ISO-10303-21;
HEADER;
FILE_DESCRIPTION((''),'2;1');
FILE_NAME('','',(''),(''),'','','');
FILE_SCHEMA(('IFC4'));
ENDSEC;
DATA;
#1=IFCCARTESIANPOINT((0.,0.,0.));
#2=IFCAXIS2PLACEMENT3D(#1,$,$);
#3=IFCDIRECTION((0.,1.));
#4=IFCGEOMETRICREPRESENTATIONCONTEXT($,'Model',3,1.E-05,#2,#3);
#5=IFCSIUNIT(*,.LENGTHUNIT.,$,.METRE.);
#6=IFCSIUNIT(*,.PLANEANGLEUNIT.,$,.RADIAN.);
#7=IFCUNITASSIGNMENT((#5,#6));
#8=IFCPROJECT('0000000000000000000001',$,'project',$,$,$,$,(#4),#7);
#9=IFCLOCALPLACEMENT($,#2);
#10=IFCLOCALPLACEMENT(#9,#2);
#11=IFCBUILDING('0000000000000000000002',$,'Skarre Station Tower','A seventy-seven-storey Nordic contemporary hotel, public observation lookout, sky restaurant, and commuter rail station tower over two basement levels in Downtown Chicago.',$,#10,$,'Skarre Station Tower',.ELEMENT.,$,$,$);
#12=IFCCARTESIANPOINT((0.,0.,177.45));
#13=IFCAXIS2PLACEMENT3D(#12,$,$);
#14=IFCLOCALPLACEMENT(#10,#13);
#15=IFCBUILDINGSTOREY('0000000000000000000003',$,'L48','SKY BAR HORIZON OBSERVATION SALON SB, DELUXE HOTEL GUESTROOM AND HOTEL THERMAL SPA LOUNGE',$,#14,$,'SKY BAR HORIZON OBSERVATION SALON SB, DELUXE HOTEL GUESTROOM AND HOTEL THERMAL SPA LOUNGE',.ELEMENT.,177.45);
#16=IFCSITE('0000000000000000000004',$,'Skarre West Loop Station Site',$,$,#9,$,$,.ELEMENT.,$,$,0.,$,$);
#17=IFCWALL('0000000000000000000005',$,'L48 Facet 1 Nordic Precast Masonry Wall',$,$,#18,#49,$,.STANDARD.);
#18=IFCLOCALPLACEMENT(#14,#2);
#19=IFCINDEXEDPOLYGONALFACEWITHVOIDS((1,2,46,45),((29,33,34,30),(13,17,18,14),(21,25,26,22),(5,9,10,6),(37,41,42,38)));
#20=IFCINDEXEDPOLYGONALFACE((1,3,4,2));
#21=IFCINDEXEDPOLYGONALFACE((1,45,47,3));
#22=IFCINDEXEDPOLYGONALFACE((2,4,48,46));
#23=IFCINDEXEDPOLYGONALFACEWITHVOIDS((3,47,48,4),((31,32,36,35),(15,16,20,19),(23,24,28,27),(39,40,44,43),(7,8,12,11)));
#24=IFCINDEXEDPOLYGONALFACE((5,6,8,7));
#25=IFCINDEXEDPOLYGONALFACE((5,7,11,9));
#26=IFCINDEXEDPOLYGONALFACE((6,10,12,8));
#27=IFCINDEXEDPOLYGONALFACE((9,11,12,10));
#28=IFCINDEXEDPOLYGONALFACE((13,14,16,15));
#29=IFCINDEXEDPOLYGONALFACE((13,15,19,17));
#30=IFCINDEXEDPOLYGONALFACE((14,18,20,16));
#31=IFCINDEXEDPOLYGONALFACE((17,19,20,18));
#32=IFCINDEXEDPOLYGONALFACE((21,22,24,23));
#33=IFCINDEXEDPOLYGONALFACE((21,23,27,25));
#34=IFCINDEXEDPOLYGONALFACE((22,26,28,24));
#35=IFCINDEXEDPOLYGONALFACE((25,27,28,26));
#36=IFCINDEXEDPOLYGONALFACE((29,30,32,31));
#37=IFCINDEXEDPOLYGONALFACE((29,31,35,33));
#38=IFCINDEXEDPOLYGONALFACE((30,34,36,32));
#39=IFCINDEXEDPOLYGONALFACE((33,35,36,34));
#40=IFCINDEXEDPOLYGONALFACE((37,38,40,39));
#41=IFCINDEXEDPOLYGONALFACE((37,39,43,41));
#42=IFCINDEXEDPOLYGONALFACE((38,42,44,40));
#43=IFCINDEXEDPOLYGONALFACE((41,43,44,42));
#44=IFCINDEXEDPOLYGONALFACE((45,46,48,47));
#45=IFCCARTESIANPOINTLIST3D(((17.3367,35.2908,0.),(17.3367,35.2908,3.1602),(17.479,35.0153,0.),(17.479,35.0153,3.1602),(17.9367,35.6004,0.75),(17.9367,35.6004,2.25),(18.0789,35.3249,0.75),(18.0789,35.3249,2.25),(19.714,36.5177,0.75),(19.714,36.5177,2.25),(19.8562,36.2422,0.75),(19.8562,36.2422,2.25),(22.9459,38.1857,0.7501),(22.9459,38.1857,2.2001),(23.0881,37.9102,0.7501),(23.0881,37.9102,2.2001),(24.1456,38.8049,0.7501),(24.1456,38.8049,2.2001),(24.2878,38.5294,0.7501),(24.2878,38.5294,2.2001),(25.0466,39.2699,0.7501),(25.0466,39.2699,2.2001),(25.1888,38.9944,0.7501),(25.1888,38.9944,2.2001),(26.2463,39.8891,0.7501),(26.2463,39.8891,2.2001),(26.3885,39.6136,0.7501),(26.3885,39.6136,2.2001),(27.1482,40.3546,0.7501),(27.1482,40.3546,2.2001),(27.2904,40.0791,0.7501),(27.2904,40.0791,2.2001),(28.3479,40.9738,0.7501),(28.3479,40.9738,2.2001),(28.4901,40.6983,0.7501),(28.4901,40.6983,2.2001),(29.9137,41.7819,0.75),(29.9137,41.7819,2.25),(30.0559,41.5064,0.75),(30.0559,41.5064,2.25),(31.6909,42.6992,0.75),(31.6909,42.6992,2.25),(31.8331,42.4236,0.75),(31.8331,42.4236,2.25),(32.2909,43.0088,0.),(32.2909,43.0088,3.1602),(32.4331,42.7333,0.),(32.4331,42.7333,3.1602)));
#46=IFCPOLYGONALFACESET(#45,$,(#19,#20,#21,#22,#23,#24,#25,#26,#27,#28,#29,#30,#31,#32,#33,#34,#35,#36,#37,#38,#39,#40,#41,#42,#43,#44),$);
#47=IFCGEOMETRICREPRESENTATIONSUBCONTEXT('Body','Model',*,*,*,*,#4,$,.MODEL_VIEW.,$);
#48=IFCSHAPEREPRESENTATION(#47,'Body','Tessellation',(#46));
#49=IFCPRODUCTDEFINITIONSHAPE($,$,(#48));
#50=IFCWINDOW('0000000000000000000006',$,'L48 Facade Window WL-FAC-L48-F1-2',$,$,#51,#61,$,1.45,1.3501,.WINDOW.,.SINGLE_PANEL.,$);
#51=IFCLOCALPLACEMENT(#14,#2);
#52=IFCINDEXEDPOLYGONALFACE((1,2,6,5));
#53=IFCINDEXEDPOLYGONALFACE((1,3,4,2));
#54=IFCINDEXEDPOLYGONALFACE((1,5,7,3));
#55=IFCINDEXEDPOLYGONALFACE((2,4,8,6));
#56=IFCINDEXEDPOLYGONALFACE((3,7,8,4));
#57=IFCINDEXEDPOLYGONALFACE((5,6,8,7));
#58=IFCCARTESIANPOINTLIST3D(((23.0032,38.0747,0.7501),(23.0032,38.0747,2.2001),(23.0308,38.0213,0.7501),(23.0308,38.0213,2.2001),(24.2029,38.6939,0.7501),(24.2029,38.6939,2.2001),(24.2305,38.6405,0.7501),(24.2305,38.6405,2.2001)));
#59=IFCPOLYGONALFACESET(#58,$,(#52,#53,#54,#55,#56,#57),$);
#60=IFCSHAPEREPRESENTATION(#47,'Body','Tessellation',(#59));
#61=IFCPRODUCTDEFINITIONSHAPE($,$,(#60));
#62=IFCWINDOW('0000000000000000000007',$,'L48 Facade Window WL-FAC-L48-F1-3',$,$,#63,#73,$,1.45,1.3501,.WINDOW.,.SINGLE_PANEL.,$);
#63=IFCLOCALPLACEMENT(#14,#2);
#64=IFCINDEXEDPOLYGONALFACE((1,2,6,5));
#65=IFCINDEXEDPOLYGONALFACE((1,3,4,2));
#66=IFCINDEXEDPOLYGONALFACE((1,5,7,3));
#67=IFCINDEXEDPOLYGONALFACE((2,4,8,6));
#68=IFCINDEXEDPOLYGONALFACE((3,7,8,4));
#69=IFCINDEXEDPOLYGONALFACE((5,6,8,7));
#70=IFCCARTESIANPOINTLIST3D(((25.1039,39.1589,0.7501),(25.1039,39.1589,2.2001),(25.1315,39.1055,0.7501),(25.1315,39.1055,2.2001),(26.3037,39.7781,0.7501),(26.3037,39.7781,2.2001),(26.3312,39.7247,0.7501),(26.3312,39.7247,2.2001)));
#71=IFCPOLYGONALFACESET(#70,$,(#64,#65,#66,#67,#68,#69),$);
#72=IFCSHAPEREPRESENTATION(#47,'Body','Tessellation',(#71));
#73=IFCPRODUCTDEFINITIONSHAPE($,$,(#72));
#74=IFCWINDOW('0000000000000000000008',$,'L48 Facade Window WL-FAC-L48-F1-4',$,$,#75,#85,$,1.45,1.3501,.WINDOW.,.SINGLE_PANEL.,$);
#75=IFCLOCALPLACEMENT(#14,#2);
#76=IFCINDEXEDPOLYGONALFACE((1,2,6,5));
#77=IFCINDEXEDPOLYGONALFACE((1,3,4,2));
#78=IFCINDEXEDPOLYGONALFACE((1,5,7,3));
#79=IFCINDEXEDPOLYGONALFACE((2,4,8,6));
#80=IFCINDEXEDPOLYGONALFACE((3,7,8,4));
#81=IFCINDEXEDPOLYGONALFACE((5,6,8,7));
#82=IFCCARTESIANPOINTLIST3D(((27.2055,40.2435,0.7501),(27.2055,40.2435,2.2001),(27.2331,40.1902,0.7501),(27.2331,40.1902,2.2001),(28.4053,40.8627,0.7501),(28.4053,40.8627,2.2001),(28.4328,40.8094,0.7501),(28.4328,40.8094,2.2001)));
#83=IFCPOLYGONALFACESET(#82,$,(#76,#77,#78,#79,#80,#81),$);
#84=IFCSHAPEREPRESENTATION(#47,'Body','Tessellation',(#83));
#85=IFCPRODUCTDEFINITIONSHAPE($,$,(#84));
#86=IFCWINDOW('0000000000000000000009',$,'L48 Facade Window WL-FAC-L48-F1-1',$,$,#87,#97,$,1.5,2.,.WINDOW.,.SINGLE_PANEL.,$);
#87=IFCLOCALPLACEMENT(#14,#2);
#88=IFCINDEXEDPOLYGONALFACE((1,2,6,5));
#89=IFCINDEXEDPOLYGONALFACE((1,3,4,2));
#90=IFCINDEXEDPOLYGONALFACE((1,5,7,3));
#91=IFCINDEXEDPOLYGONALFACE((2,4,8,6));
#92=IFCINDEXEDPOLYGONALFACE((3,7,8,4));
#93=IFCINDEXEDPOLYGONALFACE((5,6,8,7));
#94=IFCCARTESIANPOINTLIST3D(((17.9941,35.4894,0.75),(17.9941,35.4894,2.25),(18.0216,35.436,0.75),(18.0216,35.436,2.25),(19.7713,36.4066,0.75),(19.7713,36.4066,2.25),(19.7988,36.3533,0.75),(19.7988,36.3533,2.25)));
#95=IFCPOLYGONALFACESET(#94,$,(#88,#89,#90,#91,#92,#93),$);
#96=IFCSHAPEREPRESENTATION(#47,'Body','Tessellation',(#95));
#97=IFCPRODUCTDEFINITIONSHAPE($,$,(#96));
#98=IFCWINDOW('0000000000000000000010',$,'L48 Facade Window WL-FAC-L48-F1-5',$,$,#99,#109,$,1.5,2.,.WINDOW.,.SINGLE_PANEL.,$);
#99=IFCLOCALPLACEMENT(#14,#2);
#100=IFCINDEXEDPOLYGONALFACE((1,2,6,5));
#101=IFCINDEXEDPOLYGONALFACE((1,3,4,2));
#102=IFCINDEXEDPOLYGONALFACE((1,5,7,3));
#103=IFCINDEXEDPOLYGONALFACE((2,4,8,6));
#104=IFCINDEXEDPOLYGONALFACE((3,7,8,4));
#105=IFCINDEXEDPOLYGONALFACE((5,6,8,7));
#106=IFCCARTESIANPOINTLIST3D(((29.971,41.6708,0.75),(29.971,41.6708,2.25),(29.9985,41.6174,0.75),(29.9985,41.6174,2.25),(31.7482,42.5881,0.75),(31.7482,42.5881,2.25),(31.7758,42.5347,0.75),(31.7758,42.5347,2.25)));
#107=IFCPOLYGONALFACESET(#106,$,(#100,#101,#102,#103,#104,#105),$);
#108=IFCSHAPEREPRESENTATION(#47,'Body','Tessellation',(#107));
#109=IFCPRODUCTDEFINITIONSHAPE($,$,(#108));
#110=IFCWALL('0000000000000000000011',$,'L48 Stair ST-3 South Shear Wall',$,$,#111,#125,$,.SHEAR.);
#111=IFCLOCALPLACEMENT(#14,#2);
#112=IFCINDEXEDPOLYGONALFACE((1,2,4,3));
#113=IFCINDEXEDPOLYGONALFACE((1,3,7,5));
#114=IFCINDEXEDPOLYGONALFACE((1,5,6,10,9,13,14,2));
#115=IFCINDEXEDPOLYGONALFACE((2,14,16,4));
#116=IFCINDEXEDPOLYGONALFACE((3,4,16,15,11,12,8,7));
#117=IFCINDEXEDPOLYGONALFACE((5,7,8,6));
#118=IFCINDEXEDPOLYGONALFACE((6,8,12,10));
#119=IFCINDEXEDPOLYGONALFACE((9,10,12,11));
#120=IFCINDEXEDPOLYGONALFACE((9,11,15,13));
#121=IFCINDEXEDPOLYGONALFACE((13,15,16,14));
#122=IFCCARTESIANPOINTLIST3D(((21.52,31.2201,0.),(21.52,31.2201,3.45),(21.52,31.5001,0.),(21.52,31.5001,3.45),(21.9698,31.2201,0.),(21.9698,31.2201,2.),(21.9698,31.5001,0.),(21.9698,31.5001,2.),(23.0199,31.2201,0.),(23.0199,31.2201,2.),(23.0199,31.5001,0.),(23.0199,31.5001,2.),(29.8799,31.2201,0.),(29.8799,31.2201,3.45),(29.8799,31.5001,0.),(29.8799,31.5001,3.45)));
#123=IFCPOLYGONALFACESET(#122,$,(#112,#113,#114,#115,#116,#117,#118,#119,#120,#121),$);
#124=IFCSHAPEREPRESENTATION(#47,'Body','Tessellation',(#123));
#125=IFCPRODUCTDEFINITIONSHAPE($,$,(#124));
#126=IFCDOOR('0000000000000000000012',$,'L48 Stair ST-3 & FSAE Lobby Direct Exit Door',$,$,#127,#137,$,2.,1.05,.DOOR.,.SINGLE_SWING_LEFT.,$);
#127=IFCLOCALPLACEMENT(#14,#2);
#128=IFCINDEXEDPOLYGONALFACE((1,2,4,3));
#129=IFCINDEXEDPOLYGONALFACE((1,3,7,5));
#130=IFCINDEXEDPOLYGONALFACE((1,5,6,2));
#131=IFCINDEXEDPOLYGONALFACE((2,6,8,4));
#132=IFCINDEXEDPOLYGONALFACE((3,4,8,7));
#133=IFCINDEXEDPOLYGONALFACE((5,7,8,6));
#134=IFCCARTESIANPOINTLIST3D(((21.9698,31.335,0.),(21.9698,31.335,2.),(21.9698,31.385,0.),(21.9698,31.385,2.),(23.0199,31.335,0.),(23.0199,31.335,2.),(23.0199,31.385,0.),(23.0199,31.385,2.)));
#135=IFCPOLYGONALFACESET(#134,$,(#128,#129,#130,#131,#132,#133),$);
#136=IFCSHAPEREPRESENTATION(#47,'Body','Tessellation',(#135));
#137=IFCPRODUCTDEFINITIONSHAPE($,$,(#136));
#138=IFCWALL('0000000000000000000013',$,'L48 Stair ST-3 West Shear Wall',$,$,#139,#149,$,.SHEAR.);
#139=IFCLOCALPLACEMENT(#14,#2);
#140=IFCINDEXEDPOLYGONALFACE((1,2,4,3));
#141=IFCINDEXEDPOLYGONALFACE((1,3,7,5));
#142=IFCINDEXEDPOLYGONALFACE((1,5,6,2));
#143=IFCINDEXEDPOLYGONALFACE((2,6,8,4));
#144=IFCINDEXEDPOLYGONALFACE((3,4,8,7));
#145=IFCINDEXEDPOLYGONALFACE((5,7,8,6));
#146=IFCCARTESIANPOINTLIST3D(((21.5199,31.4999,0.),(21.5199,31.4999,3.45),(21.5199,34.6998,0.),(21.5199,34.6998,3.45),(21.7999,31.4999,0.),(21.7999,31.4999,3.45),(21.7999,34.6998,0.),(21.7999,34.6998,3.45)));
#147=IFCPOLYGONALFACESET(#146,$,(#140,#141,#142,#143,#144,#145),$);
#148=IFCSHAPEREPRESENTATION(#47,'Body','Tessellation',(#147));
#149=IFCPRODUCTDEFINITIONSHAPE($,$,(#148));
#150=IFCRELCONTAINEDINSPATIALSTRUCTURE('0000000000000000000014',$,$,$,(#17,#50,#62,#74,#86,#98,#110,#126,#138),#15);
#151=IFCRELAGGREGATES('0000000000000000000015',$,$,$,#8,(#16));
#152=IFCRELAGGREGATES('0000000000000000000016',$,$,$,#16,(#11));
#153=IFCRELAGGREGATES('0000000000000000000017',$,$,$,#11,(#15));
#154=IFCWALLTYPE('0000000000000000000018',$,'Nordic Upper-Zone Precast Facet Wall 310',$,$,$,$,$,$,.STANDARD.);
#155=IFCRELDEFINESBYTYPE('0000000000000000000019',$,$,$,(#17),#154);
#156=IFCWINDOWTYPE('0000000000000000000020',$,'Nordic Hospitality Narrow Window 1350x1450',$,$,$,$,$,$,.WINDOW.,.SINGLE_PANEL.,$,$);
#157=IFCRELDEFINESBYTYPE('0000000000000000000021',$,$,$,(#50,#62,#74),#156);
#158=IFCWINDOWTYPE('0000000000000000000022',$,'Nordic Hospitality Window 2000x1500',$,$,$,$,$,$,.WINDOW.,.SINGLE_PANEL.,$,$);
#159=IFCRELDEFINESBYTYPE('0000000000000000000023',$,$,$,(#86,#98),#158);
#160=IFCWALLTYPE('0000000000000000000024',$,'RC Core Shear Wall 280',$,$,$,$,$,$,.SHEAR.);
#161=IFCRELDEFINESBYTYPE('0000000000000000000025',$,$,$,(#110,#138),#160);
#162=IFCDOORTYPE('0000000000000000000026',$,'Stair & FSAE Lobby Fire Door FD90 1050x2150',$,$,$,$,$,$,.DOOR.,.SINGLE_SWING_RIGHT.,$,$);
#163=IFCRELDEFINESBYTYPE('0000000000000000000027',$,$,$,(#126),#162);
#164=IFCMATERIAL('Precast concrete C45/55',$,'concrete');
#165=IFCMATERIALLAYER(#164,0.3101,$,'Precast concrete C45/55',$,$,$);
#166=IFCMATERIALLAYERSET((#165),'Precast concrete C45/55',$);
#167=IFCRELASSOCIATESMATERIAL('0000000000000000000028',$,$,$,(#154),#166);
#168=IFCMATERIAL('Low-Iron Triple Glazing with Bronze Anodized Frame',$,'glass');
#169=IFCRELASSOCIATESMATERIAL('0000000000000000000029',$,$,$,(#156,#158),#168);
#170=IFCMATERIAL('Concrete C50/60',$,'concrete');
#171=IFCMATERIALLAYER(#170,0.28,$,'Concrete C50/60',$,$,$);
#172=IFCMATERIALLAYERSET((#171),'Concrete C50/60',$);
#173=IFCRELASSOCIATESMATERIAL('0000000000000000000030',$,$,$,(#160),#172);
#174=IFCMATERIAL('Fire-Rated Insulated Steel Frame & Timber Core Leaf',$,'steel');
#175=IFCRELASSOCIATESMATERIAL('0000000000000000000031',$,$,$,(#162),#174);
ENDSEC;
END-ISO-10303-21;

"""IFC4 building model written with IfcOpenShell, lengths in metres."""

from ifc_helpers import new_model, si_unit, direction, frame, frame_2d, origin, place, context, subcontext, project, spatial, rectangle, extrude, material, layer, layer_set, type_object, element, fill, save


model = new_model("IFC4")

# Units and contexts
model_context = context("Model", 3, precision=1e-05, world=origin(), true_north=direction((0.0, 1.0)))
body_context = subcontext(model_context, "Body", "Model", "MODEL_VIEW")
ifc_project = project(units=[si_unit("LENGTHUNIT", "METRE"), si_unit("PLANEANGLEUNIT", "RADIAN")], contexts=[model_context])

# Site, building, storey
site_placement = place(None, origin())
site = spatial("IfcSite", under=ifc_project, at=site_placement, Name="Skarre West Loop Station Site", CompositionType="ELEMENT", RefElevation=0.0)
building_placement = place(site_placement, origin())
building = spatial("IfcBuilding", under=site, at=building_placement, Name="Skarre Station Tower", Description="A seventy-seven-storey Nordic contemporary hotel, public observation lookout, sky restaurant, and commuter rail station tower over two basement levels in Downtown Chicago.", LongName="Skarre Station Tower", CompositionType="ELEMENT")
storey_placement = place(building_placement, frame((0.0, 0.0, 177.45)))
storey = spatial("IfcBuildingStorey", under=building, at=storey_placement, Name="L48", Description="SKY BAR HORIZON OBSERVATION SALON SB, DELUXE HOTEL GUESTROOM AND HOTEL THERMAL SPA LOUNGE", LongName="SKY BAR HORIZON OBSERVATION SALON SB, DELUXE HOTEL GUESTROOM AND HOTEL THERMAL SPA LOUNGE", CompositionType="ELEMENT", Elevation=177.45)

# Shared definitions
ifc_material_1 = material(Name="Concrete C50/60", Category="concrete")

# Shared definitions
ifc_material_2 = material(Name="Precast concrete C45/55", Category="concrete")

# Wall, openings, windows
ifc_layer_1 = layer(ifc_material_2, 0.3101, Name="Precast concrete C45/55")
ifc_layer_set_1 = layer_set([ifc_layer_1], Name="Precast concrete C45/55")
wall_type_1 = type_object("IfcWallType", Name="Nordic Upper-Zone Precast Facet Wall 310", PredefinedType="STANDARD", material=ifc_layer_set_1)
wall_1_placement = place(storey_placement, frame((17.408, 35.1531, 0.0), z_axis=(0.0, 0.0, 1.0), x_axis=(0.888626, 0.458632, 0.0)))
wall_1 = element("IfcWall", 1, at=wall_1_placement, inside=storey, type_object=wall_type_1, Name="L48 Facet 1 Nordic Precast Masonry Wall", PredefinedType="STANDARD", context=body_context, shape_type="SweptSolid", body=[
    extrude(rectangle(XDim=16.8284, YDim=0.3101, at=frame_2d((8.4141, 0.0))), origin(), (0.0, 0.0, 1.0), 3.1602),
])
opening_1_placement = place(wall_1_placement, frame((0.675, 0.0, 0.75)))
opening_1 = element("IfcOpeningElement", 2, at=opening_1_placement, cuts=wall_1, PredefinedType="OPENING", context=body_context, shape_type="SweptSolid", body=[
    extrude(rectangle(XDim=2.0, YDim=1.5, at=frame_2d((1.0, 0.75))), frame((0.0, 0.165, 0.0), z_axis=(0.0, -1.0, 0.0), x_axis=(1.0, 0.0, 0.0)), (0.0, 0.0, 1.0), 0.3301),
])
opening_2_placement = place(wall_1_placement, frame((6.312, 0.0, 0.75)))
opening_2 = element("IfcOpeningElement", 3, at=opening_2_placement, cuts=wall_1, PredefinedType="OPENING", context=body_context, shape_type="SweptSolid", body=[
    extrude(rectangle(XDim=1.3501, YDim=1.45, at=frame_2d((0.675, 0.7251))), frame((0.0, 0.165, 0.0), z_axis=(0.0, -1.0, 0.0), x_axis=(1.0, 0.0, 0.0)), (0.0, 0.0, 1.0), 0.3301),
])
opening_3_placement = place(wall_1_placement, frame((8.676, 0.0, 0.75)))
opening_3 = element("IfcOpeningElement", 4, at=opening_3_placement, cuts=wall_1, PredefinedType="OPENING", context=body_context, shape_type="SweptSolid", body=[
    extrude(rectangle(XDim=1.3501, YDim=1.45, at=frame_2d((0.675, 0.7251))), frame((0.0, 0.165, 0.0), z_axis=(0.0, -1.0, 0.0), x_axis=(1.0, 0.0, 0.0)), (0.0, 0.0, 1.0), 0.3301),
])
opening_4_placement = place(wall_1_placement, frame((11.041, 0.0, 0.75)))
opening_4 = element("IfcOpeningElement", 5, at=opening_4_placement, cuts=wall_1, PredefinedType="OPENING", context=body_context, shape_type="SweptSolid", body=[
    extrude(rectangle(XDim=1.3501, YDim=1.45, at=frame_2d((0.675, 0.7251))), frame((0.0, 0.165, 0.0), z_axis=(0.0, -1.0, 0.0), x_axis=(1.0, 0.0, 0.0)), (0.0, 0.0, 1.0), 0.3301),
])
opening_5_placement = place(wall_1_placement, frame((14.1531, 0.0, 0.75)))
opening_5 = element("IfcOpeningElement", 6, at=opening_5_placement, cuts=wall_1, PredefinedType="OPENING", context=body_context, shape_type="SweptSolid", body=[
    extrude(rectangle(XDim=2.0, YDim=1.5, at=frame_2d((1.0, 0.75))), frame((0.0, 0.165, 0.0), z_axis=(0.0, -1.0, 0.0), x_axis=(1.0, 0.0, 0.0)), (0.0, 0.0, 1.0), 0.3301),
])
ifc_material_3 = material(Name="Low-Iron Triple Glazing with Bronze Anodized Frame", Category="glass")
window_type_1 = type_object("IfcWindowType", Name="Nordic Hospitality Narrow Window 1350x1450", PartitioningType="SINGLE_PANEL", PredefinedType="WINDOW", material=ifc_material_3)
window_1_placement = place(opening_2_placement, origin())
window_1 = element("IfcWindow", 7, at=window_1_placement, inside=storey, type_object=window_type_1, Name="L48 Facade Window WL-FAC-L48-F1-2", OverallHeight=1.45, OverallWidth=1.3501, PartitioningType="SINGLE_PANEL", PredefinedType="WINDOW", context=body_context, shape_type="SweptSolid", body=[
    extrude(rectangle(XDim=1.3501, YDim=1.45, at=frame_2d((0.675, 0.7251))), frame((0.0, 0.03, 0.0), z_axis=(0.0, -1.0, 0.0), x_axis=(1.0, 0.0, 0.0)), (0.0, 0.0, 1.0), 0.0601),
])
fill(opening_2, window_1)
window_2_placement = place(opening_3_placement, origin())
window_2 = element("IfcWindow", 8, at=window_2_placement, inside=storey, type_object=window_type_1, Name="L48 Facade Window WL-FAC-L48-F1-3", OverallHeight=1.45, OverallWidth=1.3501, PartitioningType="SINGLE_PANEL", PredefinedType="WINDOW", context=body_context, shape_type="SweptSolid", body=[
    extrude(rectangle(XDim=1.3501, YDim=1.45, at=frame_2d((0.675, 0.7251))), frame((0.0, 0.03, 0.0), z_axis=(0.0, -1.0, 0.0), x_axis=(1.0, 0.0, 0.0)), (0.0, 0.0, 1.0), 0.0601),
])
fill(opening_3, window_2)
window_3_placement = place(opening_4_placement, origin())
window_3 = element("IfcWindow", 9, at=window_3_placement, inside=storey, type_object=window_type_1, Name="L48 Facade Window WL-FAC-L48-F1-4", OverallHeight=1.45, OverallWidth=1.3501, PartitioningType="SINGLE_PANEL", PredefinedType="WINDOW", context=body_context, shape_type="SweptSolid", body=[
    extrude(rectangle(XDim=1.3501, YDim=1.45, at=frame_2d((0.675, 0.7251))), frame((0.0, 0.03, 0.0), z_axis=(0.0, -1.0, 0.0), x_axis=(1.0, 0.0, 0.0)), (0.0, 0.0, 1.0), 0.0601),
])
fill(opening_4, window_3)
window_type_2 = type_object("IfcWindowType", Name="Nordic Hospitality Window 2000x1500", PartitioningType="SINGLE_PANEL", PredefinedType="WINDOW", material=ifc_material_3)
window_4_placement = place(opening_1_placement, origin())
window_4 = element("IfcWindow", 10, at=window_4_placement, inside=storey, type_object=window_type_2, Name="L48 Facade Window WL-FAC-L48-F1-1", OverallHeight=1.5, OverallWidth=2.0, PartitioningType="SINGLE_PANEL", PredefinedType="WINDOW", context=body_context, shape_type="SweptSolid", body=[
    extrude(rectangle(XDim=2.0, YDim=1.5, at=frame_2d((1.0, 0.75))), frame((0.0, 0.03, 0.0), z_axis=(0.0, -1.0, 0.0), x_axis=(1.0, 0.0, 0.0)), (0.0, 0.0, 1.0), 0.0601),
])
fill(opening_1, window_4)
window_5_placement = place(opening_5_placement, origin())
window_5 = element("IfcWindow", 11, at=window_5_placement, inside=storey, type_object=window_type_2, Name="L48 Facade Window WL-FAC-L48-F1-5", OverallHeight=1.5, OverallWidth=2.0, PartitioningType="SINGLE_PANEL", PredefinedType="WINDOW", context=body_context, shape_type="SweptSolid", body=[
    extrude(rectangle(XDim=2.0, YDim=1.5, at=frame_2d((1.0, 0.75))), frame((0.0, 0.03, 0.0), z_axis=(0.0, -1.0, 0.0), x_axis=(1.0, 0.0, 0.0)), (0.0, 0.0, 1.0), 0.0601),
])
fill(opening_5, window_5)

# Wall, opening, door
ifc_layer_2 = layer(ifc_material_1, 0.28, Name="Concrete C50/60")
ifc_layer_set_2 = layer_set([ifc_layer_2], Name="Concrete C50/60")
wall_type_2 = type_object("IfcWallType", Name="RC Core Shear Wall 280", PredefinedType="SHEAR", material=ifc_layer_set_2)
wall_2_placement = place(storey_placement, frame((21.52, 31.3601, 0.0), z_axis=(0.0, 0.0, 1.0), x_axis=(1.0, 0.0, 0.0)))
wall_2 = element("IfcWall", 12, at=wall_2_placement, inside=storey, type_object=wall_type_2, Name="L48 Stair ST-3 South Shear Wall", PredefinedType="SHEAR", context=body_context, shape_type="SweptSolid", body=[
    extrude(rectangle(XDim=8.3599, YDim=0.28, at=frame_2d((4.1799, 0.0))), origin(), (0.0, 0.0, 1.0), 3.45),
])
opening_6_placement = place(wall_2_placement, frame((0.45, 0.0, 0.0)))
opening_6 = element("IfcOpeningElement", 13, at=opening_6_placement, cuts=wall_2, PredefinedType="OPENING", context=body_context, shape_type="SweptSolid", body=[
    extrude(rectangle(XDim=1.05, YDim=2.0, at=frame_2d((0.5249, 1.0))), frame((0.0, 0.1499, 0.0), z_axis=(0.0, -1.0, 0.0), x_axis=(1.0, 0.0, 0.0)), (0.0, 0.0, 1.0), 0.3),
])
ifc_material_4 = material(Name="Fire-Rated Insulated Steel Frame & Timber Core Leaf", Category="steel")
door_type_1 = type_object("IfcDoorType", Name="Stair & FSAE Lobby Fire Door FD90 1050x2150", OperationType="SINGLE_SWING_RIGHT", PredefinedType="DOOR", material=ifc_material_4)
door_1_placement = place(opening_6_placement, origin())
door_1 = element("IfcDoor", 14, at=door_1_placement, inside=storey, type_object=door_type_1, Name="L48 Stair ST-3 & FSAE Lobby Direct Exit Door", OperationType="SINGLE_SWING_LEFT", OverallHeight=2.0, OverallWidth=1.05, PredefinedType="DOOR", context=body_context, shape_type="SweptSolid", body=[
    extrude(rectangle(XDim=1.05, YDim=2.0, at=frame_2d((0.5249, 1.0))), frame((0.0, 0.0249, 0.0), z_axis=(0.0, -1.0, 0.0), x_axis=(1.0, 0.0, 0.0)), (0.0, 0.0, 1.0), 0.05),
])
fill(opening_6, door_1)

# Wall
wall_3_placement = place(storey_placement, frame((21.6599, 34.7, 0.0), z_axis=(0.0, 0.0, 1.0), x_axis=(0.0, -1.0, 0.0)))
element("IfcWall", 15, at=wall_3_placement, inside=storey, type_object=wall_type_2, Name="L48 Stair ST-3 West Shear Wall", PredefinedType="SHEAR", context=body_context, shape_type="SweptSolid", body=[
    extrude(rectangle(XDim=3.2, YDim=0.28, at=frame_2d((1.6001, 0.0))), origin(), (0.0, 0.0, 1.0), 3.45),
])

save(model, "model.ifc")
